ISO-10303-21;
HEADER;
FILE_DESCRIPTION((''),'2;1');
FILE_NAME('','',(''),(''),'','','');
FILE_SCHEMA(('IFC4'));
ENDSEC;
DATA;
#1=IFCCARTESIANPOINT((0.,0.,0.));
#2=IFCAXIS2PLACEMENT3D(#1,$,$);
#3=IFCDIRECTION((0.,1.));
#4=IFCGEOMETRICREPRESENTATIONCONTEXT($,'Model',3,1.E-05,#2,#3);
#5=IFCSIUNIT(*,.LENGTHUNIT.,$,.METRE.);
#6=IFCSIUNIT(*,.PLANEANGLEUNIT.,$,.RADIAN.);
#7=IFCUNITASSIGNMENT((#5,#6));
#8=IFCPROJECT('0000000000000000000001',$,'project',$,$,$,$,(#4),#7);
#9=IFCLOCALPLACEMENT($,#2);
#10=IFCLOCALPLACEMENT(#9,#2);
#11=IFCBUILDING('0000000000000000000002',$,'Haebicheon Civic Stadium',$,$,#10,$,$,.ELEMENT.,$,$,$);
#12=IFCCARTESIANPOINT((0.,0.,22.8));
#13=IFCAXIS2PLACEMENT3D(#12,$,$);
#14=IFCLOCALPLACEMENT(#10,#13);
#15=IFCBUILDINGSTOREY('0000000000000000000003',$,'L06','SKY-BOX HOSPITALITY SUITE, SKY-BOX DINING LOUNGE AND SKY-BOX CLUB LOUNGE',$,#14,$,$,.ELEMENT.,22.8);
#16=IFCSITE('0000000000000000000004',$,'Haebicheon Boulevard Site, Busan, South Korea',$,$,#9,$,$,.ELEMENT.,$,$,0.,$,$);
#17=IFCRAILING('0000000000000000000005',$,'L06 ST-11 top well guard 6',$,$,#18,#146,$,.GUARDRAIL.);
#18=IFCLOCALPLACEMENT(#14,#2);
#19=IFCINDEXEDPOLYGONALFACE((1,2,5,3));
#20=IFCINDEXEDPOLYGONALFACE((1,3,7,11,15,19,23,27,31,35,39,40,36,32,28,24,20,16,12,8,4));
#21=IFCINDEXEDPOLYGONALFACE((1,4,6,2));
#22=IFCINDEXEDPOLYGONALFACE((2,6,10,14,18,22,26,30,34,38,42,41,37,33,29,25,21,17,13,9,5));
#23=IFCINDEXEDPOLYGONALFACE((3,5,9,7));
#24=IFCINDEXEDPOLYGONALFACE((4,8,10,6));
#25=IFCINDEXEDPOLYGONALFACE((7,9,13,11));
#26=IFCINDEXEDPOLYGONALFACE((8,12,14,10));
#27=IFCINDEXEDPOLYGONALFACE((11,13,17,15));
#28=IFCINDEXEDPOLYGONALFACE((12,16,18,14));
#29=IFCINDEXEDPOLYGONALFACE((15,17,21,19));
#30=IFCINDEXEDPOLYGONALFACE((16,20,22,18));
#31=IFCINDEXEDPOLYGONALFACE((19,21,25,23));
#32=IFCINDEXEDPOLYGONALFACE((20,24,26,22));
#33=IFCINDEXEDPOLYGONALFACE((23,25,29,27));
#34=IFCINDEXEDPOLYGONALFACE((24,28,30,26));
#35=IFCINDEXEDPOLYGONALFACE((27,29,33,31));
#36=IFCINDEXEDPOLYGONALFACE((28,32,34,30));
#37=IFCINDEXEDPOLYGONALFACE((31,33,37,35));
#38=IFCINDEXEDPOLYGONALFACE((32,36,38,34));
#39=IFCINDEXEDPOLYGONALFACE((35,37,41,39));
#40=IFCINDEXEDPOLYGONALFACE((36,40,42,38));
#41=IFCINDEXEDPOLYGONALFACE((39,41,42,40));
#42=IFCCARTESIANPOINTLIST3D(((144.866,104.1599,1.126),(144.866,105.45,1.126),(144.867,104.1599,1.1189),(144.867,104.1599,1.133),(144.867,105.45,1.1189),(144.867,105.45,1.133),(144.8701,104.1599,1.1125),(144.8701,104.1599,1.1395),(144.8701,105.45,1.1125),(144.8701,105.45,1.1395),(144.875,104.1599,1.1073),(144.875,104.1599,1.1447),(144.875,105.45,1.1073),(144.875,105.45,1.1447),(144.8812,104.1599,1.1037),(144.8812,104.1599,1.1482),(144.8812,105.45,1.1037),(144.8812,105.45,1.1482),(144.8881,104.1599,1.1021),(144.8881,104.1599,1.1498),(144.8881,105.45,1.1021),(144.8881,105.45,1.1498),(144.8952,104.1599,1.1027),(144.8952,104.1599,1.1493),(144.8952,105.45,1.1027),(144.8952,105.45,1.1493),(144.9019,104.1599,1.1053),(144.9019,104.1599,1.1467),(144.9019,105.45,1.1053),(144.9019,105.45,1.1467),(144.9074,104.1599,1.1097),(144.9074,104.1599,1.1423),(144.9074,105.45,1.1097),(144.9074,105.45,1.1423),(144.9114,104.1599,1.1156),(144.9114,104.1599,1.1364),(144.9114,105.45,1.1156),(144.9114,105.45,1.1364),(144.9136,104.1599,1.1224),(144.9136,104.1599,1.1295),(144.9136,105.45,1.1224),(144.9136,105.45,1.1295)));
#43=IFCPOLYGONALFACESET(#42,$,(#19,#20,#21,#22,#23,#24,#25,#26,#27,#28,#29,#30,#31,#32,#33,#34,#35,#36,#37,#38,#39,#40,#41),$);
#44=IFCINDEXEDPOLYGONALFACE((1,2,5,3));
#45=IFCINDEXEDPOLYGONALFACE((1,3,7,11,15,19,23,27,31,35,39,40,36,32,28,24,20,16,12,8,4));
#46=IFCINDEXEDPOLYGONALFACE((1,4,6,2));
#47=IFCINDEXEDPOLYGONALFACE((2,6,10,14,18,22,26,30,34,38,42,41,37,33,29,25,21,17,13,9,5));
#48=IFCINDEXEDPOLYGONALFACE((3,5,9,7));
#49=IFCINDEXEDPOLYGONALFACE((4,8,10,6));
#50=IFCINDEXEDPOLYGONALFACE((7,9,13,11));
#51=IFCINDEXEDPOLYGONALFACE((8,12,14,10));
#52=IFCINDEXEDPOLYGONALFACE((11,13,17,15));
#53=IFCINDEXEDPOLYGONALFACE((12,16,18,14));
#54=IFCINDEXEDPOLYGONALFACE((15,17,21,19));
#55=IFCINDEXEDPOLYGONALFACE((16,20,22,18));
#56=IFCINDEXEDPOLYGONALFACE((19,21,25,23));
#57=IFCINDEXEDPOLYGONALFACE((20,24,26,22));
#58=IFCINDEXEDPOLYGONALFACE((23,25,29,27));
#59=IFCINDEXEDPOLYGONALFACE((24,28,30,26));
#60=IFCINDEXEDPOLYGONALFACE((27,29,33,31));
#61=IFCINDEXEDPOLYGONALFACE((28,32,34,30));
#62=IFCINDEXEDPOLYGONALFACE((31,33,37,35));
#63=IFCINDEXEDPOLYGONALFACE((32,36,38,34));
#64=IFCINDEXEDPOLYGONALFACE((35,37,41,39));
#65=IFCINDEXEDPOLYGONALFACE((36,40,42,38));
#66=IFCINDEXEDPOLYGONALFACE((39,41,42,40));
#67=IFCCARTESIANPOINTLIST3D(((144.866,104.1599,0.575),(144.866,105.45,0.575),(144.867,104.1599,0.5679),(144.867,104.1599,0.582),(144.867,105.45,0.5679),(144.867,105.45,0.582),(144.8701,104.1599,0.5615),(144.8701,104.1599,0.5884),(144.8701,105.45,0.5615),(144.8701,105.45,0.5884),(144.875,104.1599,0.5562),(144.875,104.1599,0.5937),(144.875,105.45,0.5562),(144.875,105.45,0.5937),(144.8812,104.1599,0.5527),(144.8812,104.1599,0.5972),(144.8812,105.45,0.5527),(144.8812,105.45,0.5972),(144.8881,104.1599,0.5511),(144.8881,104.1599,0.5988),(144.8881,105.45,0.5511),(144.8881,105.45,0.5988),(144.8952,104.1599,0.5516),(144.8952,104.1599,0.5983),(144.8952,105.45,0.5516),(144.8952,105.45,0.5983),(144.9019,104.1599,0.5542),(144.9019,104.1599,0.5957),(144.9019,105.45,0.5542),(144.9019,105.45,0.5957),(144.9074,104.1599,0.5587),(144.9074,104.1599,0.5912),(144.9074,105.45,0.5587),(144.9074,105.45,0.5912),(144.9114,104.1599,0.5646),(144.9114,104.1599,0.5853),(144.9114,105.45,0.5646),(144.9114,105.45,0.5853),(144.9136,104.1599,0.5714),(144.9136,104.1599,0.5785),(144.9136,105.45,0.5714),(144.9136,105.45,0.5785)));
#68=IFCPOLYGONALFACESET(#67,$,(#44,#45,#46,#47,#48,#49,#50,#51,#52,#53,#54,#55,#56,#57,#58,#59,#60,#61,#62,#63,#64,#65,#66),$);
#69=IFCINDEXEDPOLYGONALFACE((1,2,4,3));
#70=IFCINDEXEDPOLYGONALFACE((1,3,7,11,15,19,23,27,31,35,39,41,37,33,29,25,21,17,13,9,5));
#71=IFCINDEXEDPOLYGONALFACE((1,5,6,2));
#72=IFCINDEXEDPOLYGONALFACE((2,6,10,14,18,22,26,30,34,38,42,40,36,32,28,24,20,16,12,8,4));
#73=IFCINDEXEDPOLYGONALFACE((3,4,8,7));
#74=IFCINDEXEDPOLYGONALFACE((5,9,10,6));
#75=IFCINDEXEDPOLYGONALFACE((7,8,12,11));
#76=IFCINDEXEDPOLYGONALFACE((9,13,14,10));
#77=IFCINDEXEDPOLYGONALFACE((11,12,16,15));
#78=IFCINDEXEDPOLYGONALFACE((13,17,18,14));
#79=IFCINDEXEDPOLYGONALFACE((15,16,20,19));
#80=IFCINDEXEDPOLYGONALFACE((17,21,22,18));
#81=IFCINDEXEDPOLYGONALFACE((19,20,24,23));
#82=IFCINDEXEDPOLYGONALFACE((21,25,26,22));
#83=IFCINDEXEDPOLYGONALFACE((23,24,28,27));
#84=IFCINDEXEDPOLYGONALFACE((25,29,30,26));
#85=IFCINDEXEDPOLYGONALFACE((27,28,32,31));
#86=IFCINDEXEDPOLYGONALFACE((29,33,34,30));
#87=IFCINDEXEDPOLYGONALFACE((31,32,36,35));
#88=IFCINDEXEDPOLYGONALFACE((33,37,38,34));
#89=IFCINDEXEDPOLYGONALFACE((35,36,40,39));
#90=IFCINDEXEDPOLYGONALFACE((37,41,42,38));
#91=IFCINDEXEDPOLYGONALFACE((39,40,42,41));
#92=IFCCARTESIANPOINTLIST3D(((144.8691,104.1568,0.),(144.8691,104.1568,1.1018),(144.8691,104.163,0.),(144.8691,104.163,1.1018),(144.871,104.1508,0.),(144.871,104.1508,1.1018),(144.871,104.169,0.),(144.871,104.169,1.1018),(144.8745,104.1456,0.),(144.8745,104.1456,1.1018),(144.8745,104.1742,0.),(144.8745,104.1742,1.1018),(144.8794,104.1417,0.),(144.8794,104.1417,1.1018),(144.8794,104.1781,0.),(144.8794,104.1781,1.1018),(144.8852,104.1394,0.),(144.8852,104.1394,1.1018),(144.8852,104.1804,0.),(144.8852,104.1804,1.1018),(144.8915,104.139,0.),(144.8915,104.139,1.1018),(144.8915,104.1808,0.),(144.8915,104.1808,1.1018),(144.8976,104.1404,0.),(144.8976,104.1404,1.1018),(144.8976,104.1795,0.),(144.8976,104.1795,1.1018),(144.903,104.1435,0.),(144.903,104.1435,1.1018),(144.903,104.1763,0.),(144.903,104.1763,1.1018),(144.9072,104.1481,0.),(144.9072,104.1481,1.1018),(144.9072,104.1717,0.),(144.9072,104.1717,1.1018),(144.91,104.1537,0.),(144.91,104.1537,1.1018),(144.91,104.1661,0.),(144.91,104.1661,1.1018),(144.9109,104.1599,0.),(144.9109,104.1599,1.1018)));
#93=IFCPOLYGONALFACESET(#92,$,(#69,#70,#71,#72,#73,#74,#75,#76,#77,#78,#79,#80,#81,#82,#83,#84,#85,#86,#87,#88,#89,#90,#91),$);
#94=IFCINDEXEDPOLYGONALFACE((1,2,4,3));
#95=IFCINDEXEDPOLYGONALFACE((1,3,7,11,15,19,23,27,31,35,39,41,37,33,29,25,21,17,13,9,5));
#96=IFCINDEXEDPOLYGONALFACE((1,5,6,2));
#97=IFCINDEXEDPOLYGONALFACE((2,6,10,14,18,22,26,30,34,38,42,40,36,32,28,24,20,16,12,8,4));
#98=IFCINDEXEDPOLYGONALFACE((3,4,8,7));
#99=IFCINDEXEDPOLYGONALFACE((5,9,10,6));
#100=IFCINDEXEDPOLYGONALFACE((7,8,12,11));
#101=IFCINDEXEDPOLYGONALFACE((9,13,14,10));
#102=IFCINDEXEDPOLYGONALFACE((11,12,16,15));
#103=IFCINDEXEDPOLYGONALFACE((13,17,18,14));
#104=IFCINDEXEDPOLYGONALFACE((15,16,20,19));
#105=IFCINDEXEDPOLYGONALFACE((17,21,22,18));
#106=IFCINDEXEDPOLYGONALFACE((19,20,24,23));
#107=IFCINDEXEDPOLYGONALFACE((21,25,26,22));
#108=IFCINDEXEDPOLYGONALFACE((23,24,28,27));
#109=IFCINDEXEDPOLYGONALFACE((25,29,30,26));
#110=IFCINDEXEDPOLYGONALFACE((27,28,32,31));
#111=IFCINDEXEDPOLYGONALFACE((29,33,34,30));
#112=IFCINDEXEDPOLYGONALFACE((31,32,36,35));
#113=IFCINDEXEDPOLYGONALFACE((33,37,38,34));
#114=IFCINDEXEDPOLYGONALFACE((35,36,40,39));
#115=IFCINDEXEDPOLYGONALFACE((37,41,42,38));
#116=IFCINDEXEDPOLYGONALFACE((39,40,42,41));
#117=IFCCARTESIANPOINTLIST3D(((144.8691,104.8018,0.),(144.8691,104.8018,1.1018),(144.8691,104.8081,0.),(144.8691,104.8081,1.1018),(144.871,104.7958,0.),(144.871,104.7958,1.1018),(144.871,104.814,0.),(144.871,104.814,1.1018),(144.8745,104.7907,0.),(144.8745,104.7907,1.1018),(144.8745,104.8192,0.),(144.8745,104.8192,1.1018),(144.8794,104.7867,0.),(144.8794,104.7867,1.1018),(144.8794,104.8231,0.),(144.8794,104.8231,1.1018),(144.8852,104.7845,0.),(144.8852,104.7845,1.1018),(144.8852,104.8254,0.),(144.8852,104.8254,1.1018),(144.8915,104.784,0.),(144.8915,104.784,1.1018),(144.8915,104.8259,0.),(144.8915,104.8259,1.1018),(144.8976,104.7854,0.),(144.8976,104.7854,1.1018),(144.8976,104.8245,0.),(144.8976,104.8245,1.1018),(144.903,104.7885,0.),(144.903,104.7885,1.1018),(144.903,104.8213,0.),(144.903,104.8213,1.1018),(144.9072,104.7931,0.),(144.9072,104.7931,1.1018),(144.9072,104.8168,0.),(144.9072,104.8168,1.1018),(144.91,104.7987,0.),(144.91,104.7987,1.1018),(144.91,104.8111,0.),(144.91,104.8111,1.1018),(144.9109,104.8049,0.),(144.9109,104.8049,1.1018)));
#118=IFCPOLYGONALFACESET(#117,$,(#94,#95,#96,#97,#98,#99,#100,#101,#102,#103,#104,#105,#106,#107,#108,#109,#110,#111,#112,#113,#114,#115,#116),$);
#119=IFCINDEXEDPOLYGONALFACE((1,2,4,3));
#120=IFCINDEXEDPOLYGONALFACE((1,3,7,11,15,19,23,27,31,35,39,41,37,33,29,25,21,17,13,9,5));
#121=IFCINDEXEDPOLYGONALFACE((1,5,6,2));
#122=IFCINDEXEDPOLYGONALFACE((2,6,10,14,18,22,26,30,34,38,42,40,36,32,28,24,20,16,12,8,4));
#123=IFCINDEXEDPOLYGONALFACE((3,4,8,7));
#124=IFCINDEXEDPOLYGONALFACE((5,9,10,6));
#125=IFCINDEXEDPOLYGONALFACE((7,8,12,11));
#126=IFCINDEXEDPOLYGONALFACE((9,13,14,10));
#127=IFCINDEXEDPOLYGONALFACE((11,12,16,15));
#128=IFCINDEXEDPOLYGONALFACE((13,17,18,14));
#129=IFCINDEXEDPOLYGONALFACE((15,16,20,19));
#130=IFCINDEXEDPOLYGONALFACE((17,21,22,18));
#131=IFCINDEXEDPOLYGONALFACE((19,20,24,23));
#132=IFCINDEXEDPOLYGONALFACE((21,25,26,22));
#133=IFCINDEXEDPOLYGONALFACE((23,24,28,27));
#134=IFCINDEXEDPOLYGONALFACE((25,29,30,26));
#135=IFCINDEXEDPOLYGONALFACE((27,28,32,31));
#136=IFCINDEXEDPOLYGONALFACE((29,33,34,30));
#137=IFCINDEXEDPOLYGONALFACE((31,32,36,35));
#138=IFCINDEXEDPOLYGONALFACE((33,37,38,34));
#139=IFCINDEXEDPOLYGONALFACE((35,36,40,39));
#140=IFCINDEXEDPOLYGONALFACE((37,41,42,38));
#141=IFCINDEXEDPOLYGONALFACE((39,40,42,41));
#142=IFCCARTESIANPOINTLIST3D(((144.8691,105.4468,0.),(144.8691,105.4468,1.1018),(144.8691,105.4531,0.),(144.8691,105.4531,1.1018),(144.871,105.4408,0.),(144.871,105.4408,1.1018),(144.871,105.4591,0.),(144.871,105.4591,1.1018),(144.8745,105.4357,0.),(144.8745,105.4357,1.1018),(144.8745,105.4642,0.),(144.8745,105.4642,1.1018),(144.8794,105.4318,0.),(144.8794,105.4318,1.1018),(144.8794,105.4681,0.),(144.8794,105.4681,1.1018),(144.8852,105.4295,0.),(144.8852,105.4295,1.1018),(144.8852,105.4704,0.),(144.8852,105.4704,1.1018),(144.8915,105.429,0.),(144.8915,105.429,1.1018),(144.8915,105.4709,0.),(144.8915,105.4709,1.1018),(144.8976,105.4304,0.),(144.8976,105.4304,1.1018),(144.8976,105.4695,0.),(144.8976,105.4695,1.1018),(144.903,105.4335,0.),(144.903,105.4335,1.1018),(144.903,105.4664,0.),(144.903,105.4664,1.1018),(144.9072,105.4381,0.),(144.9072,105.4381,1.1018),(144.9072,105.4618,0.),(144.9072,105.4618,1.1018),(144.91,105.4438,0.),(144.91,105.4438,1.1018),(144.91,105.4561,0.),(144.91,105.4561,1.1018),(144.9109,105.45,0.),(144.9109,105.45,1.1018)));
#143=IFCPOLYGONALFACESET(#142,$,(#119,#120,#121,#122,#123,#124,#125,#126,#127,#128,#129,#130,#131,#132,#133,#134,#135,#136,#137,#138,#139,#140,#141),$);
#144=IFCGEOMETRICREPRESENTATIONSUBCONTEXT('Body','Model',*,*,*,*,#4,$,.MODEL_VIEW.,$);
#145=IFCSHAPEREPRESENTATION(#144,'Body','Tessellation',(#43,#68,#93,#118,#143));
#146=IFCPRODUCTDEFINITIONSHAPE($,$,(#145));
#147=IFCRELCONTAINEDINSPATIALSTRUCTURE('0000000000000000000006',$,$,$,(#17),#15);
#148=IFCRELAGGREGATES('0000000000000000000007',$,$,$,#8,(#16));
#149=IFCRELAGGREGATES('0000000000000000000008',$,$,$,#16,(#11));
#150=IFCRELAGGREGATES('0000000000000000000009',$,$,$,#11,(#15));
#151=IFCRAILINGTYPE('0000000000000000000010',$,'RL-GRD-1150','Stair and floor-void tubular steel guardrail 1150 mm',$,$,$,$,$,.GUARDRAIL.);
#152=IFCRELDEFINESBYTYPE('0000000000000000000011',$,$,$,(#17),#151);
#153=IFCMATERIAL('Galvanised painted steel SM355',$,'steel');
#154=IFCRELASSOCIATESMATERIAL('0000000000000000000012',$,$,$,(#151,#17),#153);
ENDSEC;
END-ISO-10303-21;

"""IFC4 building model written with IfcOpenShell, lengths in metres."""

from ifc_helpers import new_model, si_unit, direction, frame, origin, origin_2d, place, context, subcontext, project, spatial, circle, extrude, material, type_object, element, save


model = new_model("IFC4")

# Units and contexts
model_context = context("Model", 3, precision=1e-05, world=origin(), true_north=direction((0.0, 1.0)))
body_context = subcontext(model_context, "Body", "Model", "MODEL_VIEW")
ifc_project = project(units=[si_unit("LENGTHUNIT", "METRE"), si_unit("PLANEANGLEUNIT", "RADIAN")], contexts=[model_context])

# Site, building, storey
site_placement = place(None, origin())
site = spatial("IfcSite", under=ifc_project, at=site_placement, Name="Haebicheon Boulevard Site, Busan, South Korea", CompositionType="ELEMENT", RefElevation=0.0)
building_placement = place(site_placement, origin())
building = spatial("IfcBuilding", under=site, at=building_placement, Name="Haebicheon Civic Stadium", CompositionType="ELEMENT")
storey_placement = place(building_placement, frame((0.0, 0.0, 22.8)))
storey = spatial("IfcBuildingStorey", under=building, at=storey_placement, Name="L06", Description="SKY-BOX HOSPITALITY SUITE, SKY-BOX DINING LOUNGE AND SKY-BOX CLUB LOUNGE", CompositionType="ELEMENT", Elevation=22.8)

# Railing
ifc_material_1 = material(Name="Galvanised painted steel SM355", Category="steel")
railing_type = type_object("IfcRailingType", Name="RL-GRD-1150", Description="Stair and floor-void tubular steel guardrail 1150 mm", PredefinedType="GUARDRAIL", material=ifc_material_1)
for number, where, name in (
    (1, (144.8899, 104.1599, 0.0), "L06 ST-11 top well guard 6"),
):
    element("IfcRailing", number, at=place(storey_placement, frame(where)), inside=storey, type_object=railing_type, material=ifc_material_1, Name=name, PredefinedType="GUARDRAIL", context=body_context, shape_type="SweptSolid", body=[
        extrude(circle(Radius=0.0239, at=origin_2d()), frame((0.0, 0.0, 1.126), z_axis=(0.0, 1.0, 0.0), x_axis=(-1.0, 0.0, 0.0)), (0.0, 0.0, 1.0), 1.29),
        extrude(circle(Radius=0.0239, at=origin_2d()), frame((0.0, 0.0, 0.575), z_axis=(0.0, 1.0, 0.0), x_axis=(-1.0, 0.0, 0.0)), (0.0, 0.0, 1.0), 1.29),
        extrude(circle(Radius=0.021, at=origin_2d()), origin(), (0.0, 0.0, 1.0), 1.1018),
        extrude(circle(Radius=0.021, at=origin_2d()), frame((0.0, 0.645, 0.0)), (0.0, 0.0, 1.0), 1.1018),
        extrude(circle(Radius=0.021, at=origin_2d()), frame((0.0, 1.29, 0.0)), (0.0, 0.0, 1.0), 1.1018),
    ])

save(model, "model.ifc")
